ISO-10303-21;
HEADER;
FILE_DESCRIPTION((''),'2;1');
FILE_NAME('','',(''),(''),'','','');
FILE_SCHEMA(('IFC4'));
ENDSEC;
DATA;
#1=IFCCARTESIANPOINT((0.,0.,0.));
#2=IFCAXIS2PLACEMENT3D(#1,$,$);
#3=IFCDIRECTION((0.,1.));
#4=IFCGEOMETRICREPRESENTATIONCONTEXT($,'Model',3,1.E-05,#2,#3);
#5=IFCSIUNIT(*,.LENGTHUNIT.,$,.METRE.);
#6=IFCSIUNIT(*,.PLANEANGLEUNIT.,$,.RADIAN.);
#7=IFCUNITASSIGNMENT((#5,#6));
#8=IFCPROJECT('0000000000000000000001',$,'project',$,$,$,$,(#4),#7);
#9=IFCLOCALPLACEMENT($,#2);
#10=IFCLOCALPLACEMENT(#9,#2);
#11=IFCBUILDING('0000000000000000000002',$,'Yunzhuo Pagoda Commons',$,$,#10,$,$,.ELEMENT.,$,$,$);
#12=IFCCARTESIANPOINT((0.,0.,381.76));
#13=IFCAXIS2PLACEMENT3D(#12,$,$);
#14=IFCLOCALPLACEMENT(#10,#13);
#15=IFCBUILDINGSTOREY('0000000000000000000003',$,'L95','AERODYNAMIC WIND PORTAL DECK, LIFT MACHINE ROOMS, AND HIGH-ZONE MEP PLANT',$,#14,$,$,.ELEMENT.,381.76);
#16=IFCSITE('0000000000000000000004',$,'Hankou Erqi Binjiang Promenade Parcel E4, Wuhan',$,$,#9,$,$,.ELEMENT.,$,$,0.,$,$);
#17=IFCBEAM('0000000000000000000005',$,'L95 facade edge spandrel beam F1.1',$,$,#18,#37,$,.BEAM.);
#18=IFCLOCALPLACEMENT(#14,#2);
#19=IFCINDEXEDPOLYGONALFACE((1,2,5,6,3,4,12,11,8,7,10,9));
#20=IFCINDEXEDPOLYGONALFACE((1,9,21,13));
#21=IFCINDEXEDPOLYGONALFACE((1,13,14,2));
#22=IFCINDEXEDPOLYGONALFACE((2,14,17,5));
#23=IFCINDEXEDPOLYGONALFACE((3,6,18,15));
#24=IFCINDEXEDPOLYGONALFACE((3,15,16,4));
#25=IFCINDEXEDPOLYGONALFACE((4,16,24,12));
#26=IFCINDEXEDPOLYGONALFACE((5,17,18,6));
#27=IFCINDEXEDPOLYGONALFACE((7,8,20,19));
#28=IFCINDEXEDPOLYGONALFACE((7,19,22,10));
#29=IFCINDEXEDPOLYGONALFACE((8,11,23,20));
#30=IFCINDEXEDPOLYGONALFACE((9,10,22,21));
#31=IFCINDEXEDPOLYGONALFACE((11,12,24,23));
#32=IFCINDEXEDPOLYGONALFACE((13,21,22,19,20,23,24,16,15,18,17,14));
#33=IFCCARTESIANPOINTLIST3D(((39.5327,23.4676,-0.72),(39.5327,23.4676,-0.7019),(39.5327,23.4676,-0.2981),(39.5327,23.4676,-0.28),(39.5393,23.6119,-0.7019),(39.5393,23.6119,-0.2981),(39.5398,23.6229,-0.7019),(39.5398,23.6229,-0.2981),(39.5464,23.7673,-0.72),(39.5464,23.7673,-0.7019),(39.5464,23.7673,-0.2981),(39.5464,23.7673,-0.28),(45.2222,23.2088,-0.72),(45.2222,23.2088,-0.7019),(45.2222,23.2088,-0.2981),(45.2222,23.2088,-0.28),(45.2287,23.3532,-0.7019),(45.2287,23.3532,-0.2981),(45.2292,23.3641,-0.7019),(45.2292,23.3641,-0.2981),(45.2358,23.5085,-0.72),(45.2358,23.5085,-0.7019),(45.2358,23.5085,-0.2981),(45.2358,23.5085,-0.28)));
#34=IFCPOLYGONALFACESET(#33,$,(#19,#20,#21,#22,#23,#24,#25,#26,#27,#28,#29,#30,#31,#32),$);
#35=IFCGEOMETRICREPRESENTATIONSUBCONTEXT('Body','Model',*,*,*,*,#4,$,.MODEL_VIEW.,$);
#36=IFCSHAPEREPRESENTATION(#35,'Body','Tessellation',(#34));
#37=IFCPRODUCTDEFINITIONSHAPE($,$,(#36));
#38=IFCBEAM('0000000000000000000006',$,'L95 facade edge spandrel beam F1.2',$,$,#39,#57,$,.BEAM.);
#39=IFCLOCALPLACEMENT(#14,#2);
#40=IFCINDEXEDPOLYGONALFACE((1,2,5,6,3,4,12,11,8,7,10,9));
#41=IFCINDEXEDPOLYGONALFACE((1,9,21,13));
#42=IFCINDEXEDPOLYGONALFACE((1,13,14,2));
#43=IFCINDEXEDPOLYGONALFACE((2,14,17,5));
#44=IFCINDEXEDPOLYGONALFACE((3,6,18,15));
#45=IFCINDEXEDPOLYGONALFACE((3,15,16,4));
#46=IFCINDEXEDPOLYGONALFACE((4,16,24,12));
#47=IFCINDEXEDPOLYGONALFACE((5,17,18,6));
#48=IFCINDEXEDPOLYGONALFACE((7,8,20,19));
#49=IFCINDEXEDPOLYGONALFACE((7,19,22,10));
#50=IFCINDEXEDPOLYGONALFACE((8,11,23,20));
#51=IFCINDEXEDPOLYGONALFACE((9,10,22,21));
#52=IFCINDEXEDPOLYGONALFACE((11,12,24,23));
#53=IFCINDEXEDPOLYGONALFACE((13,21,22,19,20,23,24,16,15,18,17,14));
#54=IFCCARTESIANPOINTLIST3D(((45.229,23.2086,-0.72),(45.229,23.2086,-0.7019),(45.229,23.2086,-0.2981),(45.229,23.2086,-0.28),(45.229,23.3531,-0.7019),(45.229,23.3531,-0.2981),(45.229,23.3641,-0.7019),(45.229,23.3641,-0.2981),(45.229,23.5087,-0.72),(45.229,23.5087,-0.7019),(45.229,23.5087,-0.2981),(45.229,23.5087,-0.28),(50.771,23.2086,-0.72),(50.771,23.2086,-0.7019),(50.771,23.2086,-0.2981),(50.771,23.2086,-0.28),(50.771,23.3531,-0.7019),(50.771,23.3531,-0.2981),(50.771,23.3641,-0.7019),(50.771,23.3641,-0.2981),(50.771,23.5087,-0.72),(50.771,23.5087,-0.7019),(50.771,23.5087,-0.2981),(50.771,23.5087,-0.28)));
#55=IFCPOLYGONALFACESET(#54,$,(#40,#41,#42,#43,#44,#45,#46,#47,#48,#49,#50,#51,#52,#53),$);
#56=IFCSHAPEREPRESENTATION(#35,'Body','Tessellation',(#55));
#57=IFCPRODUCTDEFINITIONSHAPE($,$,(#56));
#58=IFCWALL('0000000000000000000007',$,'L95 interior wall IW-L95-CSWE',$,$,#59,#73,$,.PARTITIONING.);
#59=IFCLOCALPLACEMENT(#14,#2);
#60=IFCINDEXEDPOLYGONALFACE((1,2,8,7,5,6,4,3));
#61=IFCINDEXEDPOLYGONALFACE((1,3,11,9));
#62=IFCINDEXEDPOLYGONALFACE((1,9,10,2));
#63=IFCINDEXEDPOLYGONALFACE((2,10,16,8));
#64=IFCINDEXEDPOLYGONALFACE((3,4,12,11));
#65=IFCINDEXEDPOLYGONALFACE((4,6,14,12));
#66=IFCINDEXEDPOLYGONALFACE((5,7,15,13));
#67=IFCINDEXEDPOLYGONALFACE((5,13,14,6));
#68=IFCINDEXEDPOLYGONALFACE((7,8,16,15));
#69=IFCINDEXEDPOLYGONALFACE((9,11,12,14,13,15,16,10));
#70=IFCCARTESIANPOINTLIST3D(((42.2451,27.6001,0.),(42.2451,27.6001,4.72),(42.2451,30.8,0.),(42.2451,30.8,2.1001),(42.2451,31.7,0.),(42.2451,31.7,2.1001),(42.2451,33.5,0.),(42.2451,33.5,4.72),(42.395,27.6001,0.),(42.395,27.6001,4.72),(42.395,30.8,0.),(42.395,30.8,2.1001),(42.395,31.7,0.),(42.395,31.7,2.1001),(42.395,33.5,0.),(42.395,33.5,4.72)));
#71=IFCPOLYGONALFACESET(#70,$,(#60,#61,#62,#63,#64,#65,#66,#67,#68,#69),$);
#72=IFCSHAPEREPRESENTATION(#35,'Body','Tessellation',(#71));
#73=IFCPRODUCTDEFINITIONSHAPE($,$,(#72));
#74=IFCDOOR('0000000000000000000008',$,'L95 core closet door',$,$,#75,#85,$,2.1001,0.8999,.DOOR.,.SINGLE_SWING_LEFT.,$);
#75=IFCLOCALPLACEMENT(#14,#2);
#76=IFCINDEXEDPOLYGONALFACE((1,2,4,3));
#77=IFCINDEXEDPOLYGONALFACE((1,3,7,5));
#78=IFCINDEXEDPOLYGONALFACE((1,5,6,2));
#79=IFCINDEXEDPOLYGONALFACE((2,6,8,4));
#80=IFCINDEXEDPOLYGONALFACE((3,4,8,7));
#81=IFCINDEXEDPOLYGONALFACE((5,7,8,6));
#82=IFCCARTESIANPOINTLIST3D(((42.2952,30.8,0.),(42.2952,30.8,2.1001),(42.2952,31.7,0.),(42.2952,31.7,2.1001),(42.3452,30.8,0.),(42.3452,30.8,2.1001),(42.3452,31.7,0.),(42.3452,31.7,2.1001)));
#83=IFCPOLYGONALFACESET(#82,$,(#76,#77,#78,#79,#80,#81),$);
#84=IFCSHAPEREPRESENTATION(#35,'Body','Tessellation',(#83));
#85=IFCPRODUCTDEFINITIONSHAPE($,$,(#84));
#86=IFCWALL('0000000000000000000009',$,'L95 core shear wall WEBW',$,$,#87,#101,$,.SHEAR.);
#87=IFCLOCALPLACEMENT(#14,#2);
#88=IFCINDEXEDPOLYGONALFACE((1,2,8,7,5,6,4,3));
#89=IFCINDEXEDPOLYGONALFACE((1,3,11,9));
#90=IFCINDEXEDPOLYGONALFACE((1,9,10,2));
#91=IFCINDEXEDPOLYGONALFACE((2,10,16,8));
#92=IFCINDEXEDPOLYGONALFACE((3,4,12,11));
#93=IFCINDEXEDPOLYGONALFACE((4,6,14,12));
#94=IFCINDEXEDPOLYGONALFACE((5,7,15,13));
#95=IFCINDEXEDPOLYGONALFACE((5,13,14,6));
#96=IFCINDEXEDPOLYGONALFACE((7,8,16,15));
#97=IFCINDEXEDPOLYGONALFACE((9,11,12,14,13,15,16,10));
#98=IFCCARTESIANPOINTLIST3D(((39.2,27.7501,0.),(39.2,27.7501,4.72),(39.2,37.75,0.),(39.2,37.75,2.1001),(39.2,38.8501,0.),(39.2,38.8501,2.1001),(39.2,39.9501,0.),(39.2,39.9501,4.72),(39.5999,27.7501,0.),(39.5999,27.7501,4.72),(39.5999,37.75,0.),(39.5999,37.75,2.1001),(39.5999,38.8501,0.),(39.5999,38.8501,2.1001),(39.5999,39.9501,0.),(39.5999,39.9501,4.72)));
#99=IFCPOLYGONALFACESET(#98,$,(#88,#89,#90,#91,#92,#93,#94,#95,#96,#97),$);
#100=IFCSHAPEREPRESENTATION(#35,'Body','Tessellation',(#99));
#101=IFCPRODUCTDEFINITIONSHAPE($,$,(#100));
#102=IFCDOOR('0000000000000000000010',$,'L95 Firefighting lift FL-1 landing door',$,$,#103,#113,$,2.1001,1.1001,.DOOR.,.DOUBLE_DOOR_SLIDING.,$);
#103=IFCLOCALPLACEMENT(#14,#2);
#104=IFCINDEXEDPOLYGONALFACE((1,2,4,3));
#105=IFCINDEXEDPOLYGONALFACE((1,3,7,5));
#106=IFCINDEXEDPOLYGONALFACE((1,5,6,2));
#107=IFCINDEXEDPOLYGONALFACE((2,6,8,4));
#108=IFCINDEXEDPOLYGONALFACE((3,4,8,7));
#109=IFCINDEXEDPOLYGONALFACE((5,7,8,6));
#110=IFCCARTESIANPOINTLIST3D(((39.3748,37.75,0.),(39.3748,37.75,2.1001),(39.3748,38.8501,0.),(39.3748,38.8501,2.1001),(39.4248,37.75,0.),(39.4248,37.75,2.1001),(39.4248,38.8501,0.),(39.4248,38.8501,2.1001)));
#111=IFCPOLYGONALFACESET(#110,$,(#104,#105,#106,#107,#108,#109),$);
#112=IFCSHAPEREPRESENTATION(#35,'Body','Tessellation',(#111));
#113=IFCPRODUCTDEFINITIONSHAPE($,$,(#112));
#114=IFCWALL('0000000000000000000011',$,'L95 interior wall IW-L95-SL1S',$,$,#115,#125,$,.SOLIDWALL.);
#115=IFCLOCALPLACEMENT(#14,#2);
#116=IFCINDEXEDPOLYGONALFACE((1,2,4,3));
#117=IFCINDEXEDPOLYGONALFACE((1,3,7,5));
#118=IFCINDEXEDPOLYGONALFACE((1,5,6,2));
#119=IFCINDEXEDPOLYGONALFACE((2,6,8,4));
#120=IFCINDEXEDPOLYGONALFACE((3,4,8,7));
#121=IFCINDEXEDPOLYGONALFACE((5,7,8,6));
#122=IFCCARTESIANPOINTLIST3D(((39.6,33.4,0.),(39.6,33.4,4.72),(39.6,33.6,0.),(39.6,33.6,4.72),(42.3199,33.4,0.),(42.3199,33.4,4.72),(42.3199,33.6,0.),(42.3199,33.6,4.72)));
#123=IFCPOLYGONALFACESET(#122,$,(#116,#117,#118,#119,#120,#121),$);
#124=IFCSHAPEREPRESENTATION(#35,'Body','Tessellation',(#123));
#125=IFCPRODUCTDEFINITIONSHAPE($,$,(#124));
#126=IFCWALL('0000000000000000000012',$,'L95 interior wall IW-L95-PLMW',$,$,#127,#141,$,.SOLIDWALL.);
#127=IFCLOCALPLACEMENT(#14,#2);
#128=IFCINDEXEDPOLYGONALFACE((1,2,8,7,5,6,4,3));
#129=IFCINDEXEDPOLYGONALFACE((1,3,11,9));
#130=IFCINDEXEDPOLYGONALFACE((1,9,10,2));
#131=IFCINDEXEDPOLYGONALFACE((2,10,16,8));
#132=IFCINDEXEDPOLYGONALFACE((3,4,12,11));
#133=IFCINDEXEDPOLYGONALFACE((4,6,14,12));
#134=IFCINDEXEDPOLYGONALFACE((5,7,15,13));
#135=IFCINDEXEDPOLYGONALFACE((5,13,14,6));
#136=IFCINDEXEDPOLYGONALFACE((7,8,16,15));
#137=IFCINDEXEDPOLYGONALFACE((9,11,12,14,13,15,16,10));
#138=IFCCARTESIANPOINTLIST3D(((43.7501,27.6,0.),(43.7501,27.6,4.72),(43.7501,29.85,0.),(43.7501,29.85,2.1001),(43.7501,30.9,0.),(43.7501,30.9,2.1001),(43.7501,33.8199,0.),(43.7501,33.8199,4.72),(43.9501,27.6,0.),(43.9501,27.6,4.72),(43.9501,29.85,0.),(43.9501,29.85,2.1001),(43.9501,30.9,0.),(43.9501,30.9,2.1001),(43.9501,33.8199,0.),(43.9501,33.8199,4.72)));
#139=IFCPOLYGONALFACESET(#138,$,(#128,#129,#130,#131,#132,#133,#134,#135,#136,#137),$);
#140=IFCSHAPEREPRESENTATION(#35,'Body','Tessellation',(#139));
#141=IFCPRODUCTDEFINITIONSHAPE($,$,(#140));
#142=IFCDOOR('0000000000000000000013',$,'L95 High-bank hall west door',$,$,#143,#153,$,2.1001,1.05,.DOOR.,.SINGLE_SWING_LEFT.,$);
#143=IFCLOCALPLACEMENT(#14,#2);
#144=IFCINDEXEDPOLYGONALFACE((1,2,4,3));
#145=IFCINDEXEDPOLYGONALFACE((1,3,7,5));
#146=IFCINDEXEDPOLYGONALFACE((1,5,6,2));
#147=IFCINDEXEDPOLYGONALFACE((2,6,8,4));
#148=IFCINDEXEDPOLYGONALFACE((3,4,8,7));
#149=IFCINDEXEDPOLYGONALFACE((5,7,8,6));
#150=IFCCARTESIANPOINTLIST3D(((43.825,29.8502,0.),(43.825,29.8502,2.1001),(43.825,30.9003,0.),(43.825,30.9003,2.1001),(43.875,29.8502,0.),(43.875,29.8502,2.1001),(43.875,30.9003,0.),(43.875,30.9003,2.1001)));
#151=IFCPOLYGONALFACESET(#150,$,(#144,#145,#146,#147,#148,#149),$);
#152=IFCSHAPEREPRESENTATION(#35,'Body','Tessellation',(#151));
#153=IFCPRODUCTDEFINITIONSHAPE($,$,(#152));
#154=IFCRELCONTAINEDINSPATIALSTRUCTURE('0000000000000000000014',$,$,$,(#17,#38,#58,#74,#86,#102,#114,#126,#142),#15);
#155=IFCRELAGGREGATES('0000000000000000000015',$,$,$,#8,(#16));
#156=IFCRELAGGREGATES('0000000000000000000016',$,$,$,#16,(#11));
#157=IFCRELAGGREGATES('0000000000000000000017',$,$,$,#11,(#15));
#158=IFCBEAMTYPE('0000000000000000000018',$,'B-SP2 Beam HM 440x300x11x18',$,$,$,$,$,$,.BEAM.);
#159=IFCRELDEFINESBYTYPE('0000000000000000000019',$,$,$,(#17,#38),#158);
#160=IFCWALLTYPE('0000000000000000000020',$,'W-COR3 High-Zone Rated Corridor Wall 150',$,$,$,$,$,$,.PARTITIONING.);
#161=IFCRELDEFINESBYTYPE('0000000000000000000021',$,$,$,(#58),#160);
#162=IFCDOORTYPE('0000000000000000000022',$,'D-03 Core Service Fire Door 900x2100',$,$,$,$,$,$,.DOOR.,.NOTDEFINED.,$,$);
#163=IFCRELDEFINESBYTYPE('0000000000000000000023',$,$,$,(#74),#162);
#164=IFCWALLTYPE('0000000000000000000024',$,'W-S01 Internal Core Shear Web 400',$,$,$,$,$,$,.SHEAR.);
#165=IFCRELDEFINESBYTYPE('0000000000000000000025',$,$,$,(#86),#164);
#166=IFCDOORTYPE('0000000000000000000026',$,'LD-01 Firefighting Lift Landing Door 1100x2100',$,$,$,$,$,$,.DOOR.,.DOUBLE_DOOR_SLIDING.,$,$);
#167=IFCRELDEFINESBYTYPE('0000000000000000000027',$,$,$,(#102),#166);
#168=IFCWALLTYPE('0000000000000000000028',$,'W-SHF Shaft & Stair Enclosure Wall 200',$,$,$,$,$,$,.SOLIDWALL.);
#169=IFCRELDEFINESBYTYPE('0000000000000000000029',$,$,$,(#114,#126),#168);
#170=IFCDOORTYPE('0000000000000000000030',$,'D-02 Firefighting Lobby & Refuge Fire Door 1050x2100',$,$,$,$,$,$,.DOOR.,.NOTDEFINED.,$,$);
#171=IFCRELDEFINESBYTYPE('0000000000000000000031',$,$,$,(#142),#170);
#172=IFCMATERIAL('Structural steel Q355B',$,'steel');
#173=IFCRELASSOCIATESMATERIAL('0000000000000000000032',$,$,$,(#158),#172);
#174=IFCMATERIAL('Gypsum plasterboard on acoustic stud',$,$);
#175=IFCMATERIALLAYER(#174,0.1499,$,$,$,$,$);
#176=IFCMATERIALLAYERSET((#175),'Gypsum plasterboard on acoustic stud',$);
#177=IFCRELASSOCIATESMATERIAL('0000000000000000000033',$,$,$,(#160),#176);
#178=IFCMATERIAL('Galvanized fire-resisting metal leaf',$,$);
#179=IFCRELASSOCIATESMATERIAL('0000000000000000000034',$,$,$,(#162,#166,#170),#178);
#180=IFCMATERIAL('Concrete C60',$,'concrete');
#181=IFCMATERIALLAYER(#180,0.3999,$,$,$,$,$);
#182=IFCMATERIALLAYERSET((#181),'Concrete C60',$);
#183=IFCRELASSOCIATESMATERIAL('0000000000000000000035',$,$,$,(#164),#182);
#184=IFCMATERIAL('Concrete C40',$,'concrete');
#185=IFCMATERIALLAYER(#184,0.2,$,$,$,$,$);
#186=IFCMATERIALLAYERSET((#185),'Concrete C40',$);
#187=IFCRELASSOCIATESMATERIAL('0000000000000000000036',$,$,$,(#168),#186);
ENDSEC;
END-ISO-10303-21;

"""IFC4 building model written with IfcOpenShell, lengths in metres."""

from ifc_helpers import new_model, si_unit, direction, frame, frame_2d, origin, origin_with_axes, origin_2d, place, context, subcontext, project, spatial, rectangle, i_section, extrude, source, transform, mapped, material, layer, layer_set, material_profile, profile_set, type_object, element, fill, save


model = new_model("IFC4")

# Units and contexts
model_context = context("Model", 3, precision=1e-05, world=origin(), true_north=direction((0.0, 1.0)))
body_context = subcontext(model_context, "Body", "Model", "MODEL_VIEW")
ifc_project = project(units=[si_unit("LENGTHUNIT", "METRE"), si_unit("PLANEANGLEUNIT", "RADIAN")], contexts=[model_context])

# Site, building, storey
site_placement = place(None, origin())
site = spatial("IfcSite", under=ifc_project, at=site_placement, Name="Hankou Erqi Binjiang Promenade Parcel E4, Wuhan", CompositionType="ELEMENT", RefElevation=0.0)
building_placement = place(site_placement, origin())
building = spatial("IfcBuilding", under=site, at=building_placement, Name="Yunzhuo Pagoda Commons", CompositionType="ELEMENT")
storey_placement = place(building_placement, frame((0.0, 0.0, 381.76)))
storey = spatial("IfcBuildingStorey", under=building, at=storey_placement, Name="L95", Description="AERODYNAMIC WIND PORTAL DECK, LIFT MACHINE ROOMS, AND HIGH-ZONE MEP PLANT", CompositionType="ELEMENT", Elevation=381.76)

# Shared definitions
ifc_material_1 = material(Name="Structural steel Q355B", Category="steel")

# Beams
ifc_material_profile_1 = material_profile(ifc_material_1, i_section(OverallWidth=0.3, OverallDepth=0.4399, WebThickness=0.011, FlangeThickness=0.0181, at=origin_2d()), Name="Structural steel Q355B")
ifc_profile_set_1 = profile_set([ifc_material_profile_1], Name="Structural steel Q355B")
beam_type_1 = type_object("IfcBeamType", Name="B-SP2 Beam HM 440x300x11x18", PredefinedType="BEAM", material=ifc_profile_set_1)
shared_shape_1 = source(origin(), body_context, "Body", "SweptSolid", [
    extrude(i_section(OverallWidth=0.3, OverallDepth=0.4399, WebThickness=0.011, FlangeThickness=0.0181, at=origin_2d()), origin(), (0.0, 0.0, 1.0), 5.6953),
])
beam_1_placement = place(storey_placement, frame((39.5396, 23.6174, -0.5), z_axis=(0.998967, -0.045439, 0.0), x_axis=(0.045439, 0.998967, 0.0)))
element("IfcBeam", 1, at=beam_1_placement, inside=storey, type_object=beam_type_1, Name="L95 facade edge spandrel beam F1.1", PredefinedType="BEAM", context=body_context, shape_type="MappedRepresentation", body=[
    mapped(shared_shape_1, transform((0.0, 0.0, 0.0), scale=1.0)),
])
shared_shape_2 = source(origin(), body_context, "Body", "SweptSolid", [
    extrude(i_section(OverallWidth=0.3, OverallDepth=0.4399, WebThickness=0.011, FlangeThickness=0.0181, at=origin_2d()), origin(), (0.0, 0.0, 1.0), 5.542),
])
beam_2_placement = place(storey_placement, frame((45.229, 23.3586, -0.5), z_axis=(1.0, 0.0, 0.0), x_axis=(0.0, 1.0, 0.0)))
element("IfcBeam", 2, at=beam_2_placement, inside=storey, type_object=beam_type_1, Name="L95 facade edge spandrel beam F1.2", PredefinedType="BEAM", context=body_context, shape_type="MappedRepresentation", body=[
    mapped(shared_shape_2, transform((0.0, 0.0, 0.0), scale=1.0)),
])

# Walls, openings, doors
ifc_material_2 = material(Name="Gypsum plasterboard on acoustic stud")
ifc_layer_1 = layer(ifc_material_2, 0.1499)
ifc_layer_set_1 = layer_set([ifc_layer_1], Name="Gypsum plasterboard on acoustic stud")
wall_type_1 = type_object("IfcWallType", Name="W-COR3 High-Zone Rated Corridor Wall 150", PredefinedType="PARTITIONING", material=ifc_layer_set_1)
wall_1_placement = place(storey_placement, frame((42.3201, 27.6001, 0.0), z_axis=(0.0, 0.0, 1.0), x_axis=(0.0, 1.0, 0.0)))
wall_1 = element("IfcWall", 3, at=wall_1_placement, inside=storey, type_object=wall_type_1, Name="L95 interior wall IW-L95-CSWE", PredefinedType="PARTITIONING", context=body_context, shape_type="SweptSolid", body=[
    extrude(rectangle(XDim=5.8999, YDim=0.1499, at=frame_2d((2.95, 0.0))), origin(), (0.0, 0.0, 1.0), 4.72),
])
opening_1_placement = place(wall_1_placement, frame((3.2, 0.0, 0.0)))
opening_1 = element("IfcOpeningElement", 4, at=opening_1_placement, cuts=wall_1, PredefinedType="OPENING", context=body_context, shape_type="SweptSolid", body=[
    extrude(rectangle(XDim=0.8999, YDim=2.1001, at=frame_2d((0.45, 1.05))), frame((0.0, 0.085, 0.0), z_axis=(0.0, -1.0, 0.0), x_axis=(1.0, 0.0, 0.0)), (0.0, 0.0, 1.0), 0.1699),
])
ifc_material_3 = material(Name="Galvanized fire-resisting metal leaf")
door_type_1 = type_object("IfcDoorType", Name="D-03 Core Service Fire Door 900x2100", OperationType="NOTDEFINED", PredefinedType="DOOR", material=ifc_material_3)
shared_shape_3 = source(origin(), body_context, "Body", "SweptSolid", [
    extrude(rectangle(XDim=0.8999, YDim=2.1001, at=frame_2d((0.45, 1.05))), frame((0.0, 0.0249, 0.0), z_axis=(0.0, -1.0, 0.0), x_axis=(1.0, 0.0, 0.0)), (0.0, 0.0, 1.0), 0.05),
])
door_1_placement = place(opening_1_placement, origin_with_axes())
door_1 = element("IfcDoor", 5, at=door_1_placement, inside=storey, type_object=door_type_1, Name="L95 core closet door", OperationType="SINGLE_SWING_LEFT", OverallHeight=2.1001, OverallWidth=0.8999, PredefinedType="DOOR", context=body_context, shape_type="MappedRepresentation", body=[
    mapped(shared_shape_3, transform((0.0, 0.0, 0.0), scale=1.0)),
])
fill(opening_1, door_1)
ifc_material_4 = material(Name="Concrete C60", Category="concrete")
ifc_layer_2 = layer(ifc_material_4, 0.3999)
ifc_layer_set_2 = layer_set([ifc_layer_2], Name="Concrete C60")
wall_type_2 = type_object("IfcWallType", Name="W-S01 Internal Core Shear Web 400", PredefinedType="SHEAR", material=ifc_layer_set_2)
wall_2_placement = place(storey_placement, frame((39.3999, 27.75, 0.0), z_axis=(0.0, 0.0, 1.0), x_axis=(0.0, 1.0, 0.0)))
wall_2 = element("IfcWall", 6, at=wall_2_placement, inside=storey, type_object=wall_type_2, Name="L95 core shear wall WEBW", PredefinedType="SHEAR", context=body_context, shape_type="SweptSolid", body=[
    extrude(rectangle(XDim=12.2, YDim=0.3999, at=frame_2d((6.1001, 0.0))), origin(), (0.0, 0.0, 1.0), 4.72),
])
opening_2_placement = place(wall_2_placement, frame((10.0, 0.0, 0.0)))
opening_2 = element("IfcOpeningElement", 7, at=opening_2_placement, cuts=wall_2, PredefinedType="OPENING", context=body_context, shape_type="SweptSolid", body=[
    extrude(rectangle(XDim=1.1001, YDim=2.1001, at=frame_2d((0.55, 1.05))), frame((0.0, 0.21, 0.0), z_axis=(0.0, -1.0, 0.0), x_axis=(1.0, 0.0, 0.0)), (0.0, 0.0, 1.0), 0.4199),
])
door_type_2 = type_object("IfcDoorType", Name="LD-01 Firefighting Lift Landing Door 1100x2100", OperationType="DOUBLE_DOOR_SLIDING", PredefinedType="DOOR", material=ifc_material_3)
shared_shape_4 = source(origin(), body_context, "Body", "SweptSolid", [
    extrude(rectangle(XDim=1.1001, YDim=2.1001, at=frame_2d((0.55, 1.05))), frame((0.0, 0.0249, 0.0), z_axis=(0.0, -1.0, 0.0), x_axis=(1.0, 0.0, 0.0)), (0.0, 0.0, 1.0), 0.05),
])
door_2_placement = place(opening_2_placement, frame((1.1001, 0.0, 0.0), z_axis=(0.0, 0.0, 1.0), x_axis=(-1.0, 0.0, 0.0)))
door_2 = element("IfcDoor", 8, at=door_2_placement, inside=storey, type_object=door_type_2, Name="L95 Firefighting lift FL-1 landing door", OperationType="DOUBLE_DOOR_SLIDING", OverallHeight=2.1001, OverallWidth=1.1001, PredefinedType="DOOR", context=body_context, shape_type="MappedRepresentation", body=[
    mapped(shared_shape_4, transform((0.0, 0.0, 0.0), scale=1.0)),
])
fill(opening_2, door_2)

# Wall
ifc_material_5 = material(Name="Concrete C40", Category="concrete")
ifc_layer_3 = layer(ifc_material_5, 0.2)
ifc_layer_set_3 = layer_set([ifc_layer_3], Name="Concrete C40")
wall_type_3 = type_object("IfcWallType", Name="W-SHF Shaft & Stair Enclosure Wall 200", PredefinedType="SOLIDWALL", material=ifc_layer_set_3)
wall_3_placement = place(storey_placement, frame((39.6001, 33.5, 0.0), z_axis=(0.0, 0.0, 1.0), x_axis=(1.0, 0.0, 0.0)))
element("IfcWall", 9, at=wall_3_placement, inside=storey, type_object=wall_type_3, Name="L95 interior wall IW-L95-SL1S", PredefinedType="SOLIDWALL", context=body_context, shape_type="SweptSolid", body=[
    extrude(rectangle(XDim=2.72, YDim=0.2, at=frame_2d((1.3599, 0.0))), origin(), (0.0, 0.0, 1.0), 4.72),
])

# Wall, opening, door
wall_4_placement = place(storey_placement, frame((43.8501, 27.6001, 0.0), z_axis=(0.0, 0.0, 1.0), x_axis=(0.0, 1.0, 0.0)))
wall_4 = element("IfcWall", 10, at=wall_4_placement, inside=storey, type_object=wall_type_3, Name="L95 interior wall IW-L95-PLMW", PredefinedType="SOLIDWALL", context=body_context, shape_type="SweptSolid", body=[
    extrude(rectangle(XDim=6.22, YDim=0.2, at=frame_2d((3.1099, 0.0))), origin(), (0.0, 0.0, 1.0), 4.72),
])
opening_3_placement = place(wall_4_placement, frame((2.25, 0.0, 0.0)))
opening_3 = element("IfcOpeningElement", 11, at=opening_3_placement, cuts=wall_4, PredefinedType="OPENING", context=body_context, shape_type="SweptSolid", body=[
    extrude(rectangle(XDim=1.05, YDim=2.1001, at=frame_2d((0.5249, 1.05))), frame((0.0, 0.1099, 0.0), z_axis=(0.0, -1.0, 0.0), x_axis=(1.0, 0.0, 0.0)), (0.0, 0.0, 1.0), 0.22),
])
door_type_3 = type_object("IfcDoorType", Name="D-02 Firefighting Lobby & Refuge Fire Door 1050x2100", OperationType="NOTDEFINED", PredefinedType="DOOR", material=ifc_material_3)
shared_shape_5 = source(origin(), body_context, "Body", "SweptSolid", [
    extrude(rectangle(XDim=1.05, YDim=2.1001, at=frame_2d((0.5249, 1.05))), frame((0.0, 0.0249, 0.0), z_axis=(0.0, -1.0, 0.0), x_axis=(1.0, 0.0, 0.0)), (0.0, 0.0, 1.0), 0.05),
])
door_3_placement = place(opening_3_placement, frame((1.05, 0.0, 0.0), z_axis=(0.0, 0.0, 1.0), x_axis=(-1.0, 0.0, 0.0)))
door_3 = element("IfcDoor", 12, at=door_3_placement, inside=storey, type_object=door_type_3, Name="L95 High-bank hall west door", OperationType="SINGLE_SWING_LEFT", OverallHeight=2.1001, OverallWidth=1.05, PredefinedType="DOOR", context=body_context, shape_type="MappedRepresentation", body=[
    mapped(shared_shape_5, transform((0.0, 0.0, 0.0), scale=1.0)),
])
fill(opening_3, door_3)

save(model, "model.ifc")
